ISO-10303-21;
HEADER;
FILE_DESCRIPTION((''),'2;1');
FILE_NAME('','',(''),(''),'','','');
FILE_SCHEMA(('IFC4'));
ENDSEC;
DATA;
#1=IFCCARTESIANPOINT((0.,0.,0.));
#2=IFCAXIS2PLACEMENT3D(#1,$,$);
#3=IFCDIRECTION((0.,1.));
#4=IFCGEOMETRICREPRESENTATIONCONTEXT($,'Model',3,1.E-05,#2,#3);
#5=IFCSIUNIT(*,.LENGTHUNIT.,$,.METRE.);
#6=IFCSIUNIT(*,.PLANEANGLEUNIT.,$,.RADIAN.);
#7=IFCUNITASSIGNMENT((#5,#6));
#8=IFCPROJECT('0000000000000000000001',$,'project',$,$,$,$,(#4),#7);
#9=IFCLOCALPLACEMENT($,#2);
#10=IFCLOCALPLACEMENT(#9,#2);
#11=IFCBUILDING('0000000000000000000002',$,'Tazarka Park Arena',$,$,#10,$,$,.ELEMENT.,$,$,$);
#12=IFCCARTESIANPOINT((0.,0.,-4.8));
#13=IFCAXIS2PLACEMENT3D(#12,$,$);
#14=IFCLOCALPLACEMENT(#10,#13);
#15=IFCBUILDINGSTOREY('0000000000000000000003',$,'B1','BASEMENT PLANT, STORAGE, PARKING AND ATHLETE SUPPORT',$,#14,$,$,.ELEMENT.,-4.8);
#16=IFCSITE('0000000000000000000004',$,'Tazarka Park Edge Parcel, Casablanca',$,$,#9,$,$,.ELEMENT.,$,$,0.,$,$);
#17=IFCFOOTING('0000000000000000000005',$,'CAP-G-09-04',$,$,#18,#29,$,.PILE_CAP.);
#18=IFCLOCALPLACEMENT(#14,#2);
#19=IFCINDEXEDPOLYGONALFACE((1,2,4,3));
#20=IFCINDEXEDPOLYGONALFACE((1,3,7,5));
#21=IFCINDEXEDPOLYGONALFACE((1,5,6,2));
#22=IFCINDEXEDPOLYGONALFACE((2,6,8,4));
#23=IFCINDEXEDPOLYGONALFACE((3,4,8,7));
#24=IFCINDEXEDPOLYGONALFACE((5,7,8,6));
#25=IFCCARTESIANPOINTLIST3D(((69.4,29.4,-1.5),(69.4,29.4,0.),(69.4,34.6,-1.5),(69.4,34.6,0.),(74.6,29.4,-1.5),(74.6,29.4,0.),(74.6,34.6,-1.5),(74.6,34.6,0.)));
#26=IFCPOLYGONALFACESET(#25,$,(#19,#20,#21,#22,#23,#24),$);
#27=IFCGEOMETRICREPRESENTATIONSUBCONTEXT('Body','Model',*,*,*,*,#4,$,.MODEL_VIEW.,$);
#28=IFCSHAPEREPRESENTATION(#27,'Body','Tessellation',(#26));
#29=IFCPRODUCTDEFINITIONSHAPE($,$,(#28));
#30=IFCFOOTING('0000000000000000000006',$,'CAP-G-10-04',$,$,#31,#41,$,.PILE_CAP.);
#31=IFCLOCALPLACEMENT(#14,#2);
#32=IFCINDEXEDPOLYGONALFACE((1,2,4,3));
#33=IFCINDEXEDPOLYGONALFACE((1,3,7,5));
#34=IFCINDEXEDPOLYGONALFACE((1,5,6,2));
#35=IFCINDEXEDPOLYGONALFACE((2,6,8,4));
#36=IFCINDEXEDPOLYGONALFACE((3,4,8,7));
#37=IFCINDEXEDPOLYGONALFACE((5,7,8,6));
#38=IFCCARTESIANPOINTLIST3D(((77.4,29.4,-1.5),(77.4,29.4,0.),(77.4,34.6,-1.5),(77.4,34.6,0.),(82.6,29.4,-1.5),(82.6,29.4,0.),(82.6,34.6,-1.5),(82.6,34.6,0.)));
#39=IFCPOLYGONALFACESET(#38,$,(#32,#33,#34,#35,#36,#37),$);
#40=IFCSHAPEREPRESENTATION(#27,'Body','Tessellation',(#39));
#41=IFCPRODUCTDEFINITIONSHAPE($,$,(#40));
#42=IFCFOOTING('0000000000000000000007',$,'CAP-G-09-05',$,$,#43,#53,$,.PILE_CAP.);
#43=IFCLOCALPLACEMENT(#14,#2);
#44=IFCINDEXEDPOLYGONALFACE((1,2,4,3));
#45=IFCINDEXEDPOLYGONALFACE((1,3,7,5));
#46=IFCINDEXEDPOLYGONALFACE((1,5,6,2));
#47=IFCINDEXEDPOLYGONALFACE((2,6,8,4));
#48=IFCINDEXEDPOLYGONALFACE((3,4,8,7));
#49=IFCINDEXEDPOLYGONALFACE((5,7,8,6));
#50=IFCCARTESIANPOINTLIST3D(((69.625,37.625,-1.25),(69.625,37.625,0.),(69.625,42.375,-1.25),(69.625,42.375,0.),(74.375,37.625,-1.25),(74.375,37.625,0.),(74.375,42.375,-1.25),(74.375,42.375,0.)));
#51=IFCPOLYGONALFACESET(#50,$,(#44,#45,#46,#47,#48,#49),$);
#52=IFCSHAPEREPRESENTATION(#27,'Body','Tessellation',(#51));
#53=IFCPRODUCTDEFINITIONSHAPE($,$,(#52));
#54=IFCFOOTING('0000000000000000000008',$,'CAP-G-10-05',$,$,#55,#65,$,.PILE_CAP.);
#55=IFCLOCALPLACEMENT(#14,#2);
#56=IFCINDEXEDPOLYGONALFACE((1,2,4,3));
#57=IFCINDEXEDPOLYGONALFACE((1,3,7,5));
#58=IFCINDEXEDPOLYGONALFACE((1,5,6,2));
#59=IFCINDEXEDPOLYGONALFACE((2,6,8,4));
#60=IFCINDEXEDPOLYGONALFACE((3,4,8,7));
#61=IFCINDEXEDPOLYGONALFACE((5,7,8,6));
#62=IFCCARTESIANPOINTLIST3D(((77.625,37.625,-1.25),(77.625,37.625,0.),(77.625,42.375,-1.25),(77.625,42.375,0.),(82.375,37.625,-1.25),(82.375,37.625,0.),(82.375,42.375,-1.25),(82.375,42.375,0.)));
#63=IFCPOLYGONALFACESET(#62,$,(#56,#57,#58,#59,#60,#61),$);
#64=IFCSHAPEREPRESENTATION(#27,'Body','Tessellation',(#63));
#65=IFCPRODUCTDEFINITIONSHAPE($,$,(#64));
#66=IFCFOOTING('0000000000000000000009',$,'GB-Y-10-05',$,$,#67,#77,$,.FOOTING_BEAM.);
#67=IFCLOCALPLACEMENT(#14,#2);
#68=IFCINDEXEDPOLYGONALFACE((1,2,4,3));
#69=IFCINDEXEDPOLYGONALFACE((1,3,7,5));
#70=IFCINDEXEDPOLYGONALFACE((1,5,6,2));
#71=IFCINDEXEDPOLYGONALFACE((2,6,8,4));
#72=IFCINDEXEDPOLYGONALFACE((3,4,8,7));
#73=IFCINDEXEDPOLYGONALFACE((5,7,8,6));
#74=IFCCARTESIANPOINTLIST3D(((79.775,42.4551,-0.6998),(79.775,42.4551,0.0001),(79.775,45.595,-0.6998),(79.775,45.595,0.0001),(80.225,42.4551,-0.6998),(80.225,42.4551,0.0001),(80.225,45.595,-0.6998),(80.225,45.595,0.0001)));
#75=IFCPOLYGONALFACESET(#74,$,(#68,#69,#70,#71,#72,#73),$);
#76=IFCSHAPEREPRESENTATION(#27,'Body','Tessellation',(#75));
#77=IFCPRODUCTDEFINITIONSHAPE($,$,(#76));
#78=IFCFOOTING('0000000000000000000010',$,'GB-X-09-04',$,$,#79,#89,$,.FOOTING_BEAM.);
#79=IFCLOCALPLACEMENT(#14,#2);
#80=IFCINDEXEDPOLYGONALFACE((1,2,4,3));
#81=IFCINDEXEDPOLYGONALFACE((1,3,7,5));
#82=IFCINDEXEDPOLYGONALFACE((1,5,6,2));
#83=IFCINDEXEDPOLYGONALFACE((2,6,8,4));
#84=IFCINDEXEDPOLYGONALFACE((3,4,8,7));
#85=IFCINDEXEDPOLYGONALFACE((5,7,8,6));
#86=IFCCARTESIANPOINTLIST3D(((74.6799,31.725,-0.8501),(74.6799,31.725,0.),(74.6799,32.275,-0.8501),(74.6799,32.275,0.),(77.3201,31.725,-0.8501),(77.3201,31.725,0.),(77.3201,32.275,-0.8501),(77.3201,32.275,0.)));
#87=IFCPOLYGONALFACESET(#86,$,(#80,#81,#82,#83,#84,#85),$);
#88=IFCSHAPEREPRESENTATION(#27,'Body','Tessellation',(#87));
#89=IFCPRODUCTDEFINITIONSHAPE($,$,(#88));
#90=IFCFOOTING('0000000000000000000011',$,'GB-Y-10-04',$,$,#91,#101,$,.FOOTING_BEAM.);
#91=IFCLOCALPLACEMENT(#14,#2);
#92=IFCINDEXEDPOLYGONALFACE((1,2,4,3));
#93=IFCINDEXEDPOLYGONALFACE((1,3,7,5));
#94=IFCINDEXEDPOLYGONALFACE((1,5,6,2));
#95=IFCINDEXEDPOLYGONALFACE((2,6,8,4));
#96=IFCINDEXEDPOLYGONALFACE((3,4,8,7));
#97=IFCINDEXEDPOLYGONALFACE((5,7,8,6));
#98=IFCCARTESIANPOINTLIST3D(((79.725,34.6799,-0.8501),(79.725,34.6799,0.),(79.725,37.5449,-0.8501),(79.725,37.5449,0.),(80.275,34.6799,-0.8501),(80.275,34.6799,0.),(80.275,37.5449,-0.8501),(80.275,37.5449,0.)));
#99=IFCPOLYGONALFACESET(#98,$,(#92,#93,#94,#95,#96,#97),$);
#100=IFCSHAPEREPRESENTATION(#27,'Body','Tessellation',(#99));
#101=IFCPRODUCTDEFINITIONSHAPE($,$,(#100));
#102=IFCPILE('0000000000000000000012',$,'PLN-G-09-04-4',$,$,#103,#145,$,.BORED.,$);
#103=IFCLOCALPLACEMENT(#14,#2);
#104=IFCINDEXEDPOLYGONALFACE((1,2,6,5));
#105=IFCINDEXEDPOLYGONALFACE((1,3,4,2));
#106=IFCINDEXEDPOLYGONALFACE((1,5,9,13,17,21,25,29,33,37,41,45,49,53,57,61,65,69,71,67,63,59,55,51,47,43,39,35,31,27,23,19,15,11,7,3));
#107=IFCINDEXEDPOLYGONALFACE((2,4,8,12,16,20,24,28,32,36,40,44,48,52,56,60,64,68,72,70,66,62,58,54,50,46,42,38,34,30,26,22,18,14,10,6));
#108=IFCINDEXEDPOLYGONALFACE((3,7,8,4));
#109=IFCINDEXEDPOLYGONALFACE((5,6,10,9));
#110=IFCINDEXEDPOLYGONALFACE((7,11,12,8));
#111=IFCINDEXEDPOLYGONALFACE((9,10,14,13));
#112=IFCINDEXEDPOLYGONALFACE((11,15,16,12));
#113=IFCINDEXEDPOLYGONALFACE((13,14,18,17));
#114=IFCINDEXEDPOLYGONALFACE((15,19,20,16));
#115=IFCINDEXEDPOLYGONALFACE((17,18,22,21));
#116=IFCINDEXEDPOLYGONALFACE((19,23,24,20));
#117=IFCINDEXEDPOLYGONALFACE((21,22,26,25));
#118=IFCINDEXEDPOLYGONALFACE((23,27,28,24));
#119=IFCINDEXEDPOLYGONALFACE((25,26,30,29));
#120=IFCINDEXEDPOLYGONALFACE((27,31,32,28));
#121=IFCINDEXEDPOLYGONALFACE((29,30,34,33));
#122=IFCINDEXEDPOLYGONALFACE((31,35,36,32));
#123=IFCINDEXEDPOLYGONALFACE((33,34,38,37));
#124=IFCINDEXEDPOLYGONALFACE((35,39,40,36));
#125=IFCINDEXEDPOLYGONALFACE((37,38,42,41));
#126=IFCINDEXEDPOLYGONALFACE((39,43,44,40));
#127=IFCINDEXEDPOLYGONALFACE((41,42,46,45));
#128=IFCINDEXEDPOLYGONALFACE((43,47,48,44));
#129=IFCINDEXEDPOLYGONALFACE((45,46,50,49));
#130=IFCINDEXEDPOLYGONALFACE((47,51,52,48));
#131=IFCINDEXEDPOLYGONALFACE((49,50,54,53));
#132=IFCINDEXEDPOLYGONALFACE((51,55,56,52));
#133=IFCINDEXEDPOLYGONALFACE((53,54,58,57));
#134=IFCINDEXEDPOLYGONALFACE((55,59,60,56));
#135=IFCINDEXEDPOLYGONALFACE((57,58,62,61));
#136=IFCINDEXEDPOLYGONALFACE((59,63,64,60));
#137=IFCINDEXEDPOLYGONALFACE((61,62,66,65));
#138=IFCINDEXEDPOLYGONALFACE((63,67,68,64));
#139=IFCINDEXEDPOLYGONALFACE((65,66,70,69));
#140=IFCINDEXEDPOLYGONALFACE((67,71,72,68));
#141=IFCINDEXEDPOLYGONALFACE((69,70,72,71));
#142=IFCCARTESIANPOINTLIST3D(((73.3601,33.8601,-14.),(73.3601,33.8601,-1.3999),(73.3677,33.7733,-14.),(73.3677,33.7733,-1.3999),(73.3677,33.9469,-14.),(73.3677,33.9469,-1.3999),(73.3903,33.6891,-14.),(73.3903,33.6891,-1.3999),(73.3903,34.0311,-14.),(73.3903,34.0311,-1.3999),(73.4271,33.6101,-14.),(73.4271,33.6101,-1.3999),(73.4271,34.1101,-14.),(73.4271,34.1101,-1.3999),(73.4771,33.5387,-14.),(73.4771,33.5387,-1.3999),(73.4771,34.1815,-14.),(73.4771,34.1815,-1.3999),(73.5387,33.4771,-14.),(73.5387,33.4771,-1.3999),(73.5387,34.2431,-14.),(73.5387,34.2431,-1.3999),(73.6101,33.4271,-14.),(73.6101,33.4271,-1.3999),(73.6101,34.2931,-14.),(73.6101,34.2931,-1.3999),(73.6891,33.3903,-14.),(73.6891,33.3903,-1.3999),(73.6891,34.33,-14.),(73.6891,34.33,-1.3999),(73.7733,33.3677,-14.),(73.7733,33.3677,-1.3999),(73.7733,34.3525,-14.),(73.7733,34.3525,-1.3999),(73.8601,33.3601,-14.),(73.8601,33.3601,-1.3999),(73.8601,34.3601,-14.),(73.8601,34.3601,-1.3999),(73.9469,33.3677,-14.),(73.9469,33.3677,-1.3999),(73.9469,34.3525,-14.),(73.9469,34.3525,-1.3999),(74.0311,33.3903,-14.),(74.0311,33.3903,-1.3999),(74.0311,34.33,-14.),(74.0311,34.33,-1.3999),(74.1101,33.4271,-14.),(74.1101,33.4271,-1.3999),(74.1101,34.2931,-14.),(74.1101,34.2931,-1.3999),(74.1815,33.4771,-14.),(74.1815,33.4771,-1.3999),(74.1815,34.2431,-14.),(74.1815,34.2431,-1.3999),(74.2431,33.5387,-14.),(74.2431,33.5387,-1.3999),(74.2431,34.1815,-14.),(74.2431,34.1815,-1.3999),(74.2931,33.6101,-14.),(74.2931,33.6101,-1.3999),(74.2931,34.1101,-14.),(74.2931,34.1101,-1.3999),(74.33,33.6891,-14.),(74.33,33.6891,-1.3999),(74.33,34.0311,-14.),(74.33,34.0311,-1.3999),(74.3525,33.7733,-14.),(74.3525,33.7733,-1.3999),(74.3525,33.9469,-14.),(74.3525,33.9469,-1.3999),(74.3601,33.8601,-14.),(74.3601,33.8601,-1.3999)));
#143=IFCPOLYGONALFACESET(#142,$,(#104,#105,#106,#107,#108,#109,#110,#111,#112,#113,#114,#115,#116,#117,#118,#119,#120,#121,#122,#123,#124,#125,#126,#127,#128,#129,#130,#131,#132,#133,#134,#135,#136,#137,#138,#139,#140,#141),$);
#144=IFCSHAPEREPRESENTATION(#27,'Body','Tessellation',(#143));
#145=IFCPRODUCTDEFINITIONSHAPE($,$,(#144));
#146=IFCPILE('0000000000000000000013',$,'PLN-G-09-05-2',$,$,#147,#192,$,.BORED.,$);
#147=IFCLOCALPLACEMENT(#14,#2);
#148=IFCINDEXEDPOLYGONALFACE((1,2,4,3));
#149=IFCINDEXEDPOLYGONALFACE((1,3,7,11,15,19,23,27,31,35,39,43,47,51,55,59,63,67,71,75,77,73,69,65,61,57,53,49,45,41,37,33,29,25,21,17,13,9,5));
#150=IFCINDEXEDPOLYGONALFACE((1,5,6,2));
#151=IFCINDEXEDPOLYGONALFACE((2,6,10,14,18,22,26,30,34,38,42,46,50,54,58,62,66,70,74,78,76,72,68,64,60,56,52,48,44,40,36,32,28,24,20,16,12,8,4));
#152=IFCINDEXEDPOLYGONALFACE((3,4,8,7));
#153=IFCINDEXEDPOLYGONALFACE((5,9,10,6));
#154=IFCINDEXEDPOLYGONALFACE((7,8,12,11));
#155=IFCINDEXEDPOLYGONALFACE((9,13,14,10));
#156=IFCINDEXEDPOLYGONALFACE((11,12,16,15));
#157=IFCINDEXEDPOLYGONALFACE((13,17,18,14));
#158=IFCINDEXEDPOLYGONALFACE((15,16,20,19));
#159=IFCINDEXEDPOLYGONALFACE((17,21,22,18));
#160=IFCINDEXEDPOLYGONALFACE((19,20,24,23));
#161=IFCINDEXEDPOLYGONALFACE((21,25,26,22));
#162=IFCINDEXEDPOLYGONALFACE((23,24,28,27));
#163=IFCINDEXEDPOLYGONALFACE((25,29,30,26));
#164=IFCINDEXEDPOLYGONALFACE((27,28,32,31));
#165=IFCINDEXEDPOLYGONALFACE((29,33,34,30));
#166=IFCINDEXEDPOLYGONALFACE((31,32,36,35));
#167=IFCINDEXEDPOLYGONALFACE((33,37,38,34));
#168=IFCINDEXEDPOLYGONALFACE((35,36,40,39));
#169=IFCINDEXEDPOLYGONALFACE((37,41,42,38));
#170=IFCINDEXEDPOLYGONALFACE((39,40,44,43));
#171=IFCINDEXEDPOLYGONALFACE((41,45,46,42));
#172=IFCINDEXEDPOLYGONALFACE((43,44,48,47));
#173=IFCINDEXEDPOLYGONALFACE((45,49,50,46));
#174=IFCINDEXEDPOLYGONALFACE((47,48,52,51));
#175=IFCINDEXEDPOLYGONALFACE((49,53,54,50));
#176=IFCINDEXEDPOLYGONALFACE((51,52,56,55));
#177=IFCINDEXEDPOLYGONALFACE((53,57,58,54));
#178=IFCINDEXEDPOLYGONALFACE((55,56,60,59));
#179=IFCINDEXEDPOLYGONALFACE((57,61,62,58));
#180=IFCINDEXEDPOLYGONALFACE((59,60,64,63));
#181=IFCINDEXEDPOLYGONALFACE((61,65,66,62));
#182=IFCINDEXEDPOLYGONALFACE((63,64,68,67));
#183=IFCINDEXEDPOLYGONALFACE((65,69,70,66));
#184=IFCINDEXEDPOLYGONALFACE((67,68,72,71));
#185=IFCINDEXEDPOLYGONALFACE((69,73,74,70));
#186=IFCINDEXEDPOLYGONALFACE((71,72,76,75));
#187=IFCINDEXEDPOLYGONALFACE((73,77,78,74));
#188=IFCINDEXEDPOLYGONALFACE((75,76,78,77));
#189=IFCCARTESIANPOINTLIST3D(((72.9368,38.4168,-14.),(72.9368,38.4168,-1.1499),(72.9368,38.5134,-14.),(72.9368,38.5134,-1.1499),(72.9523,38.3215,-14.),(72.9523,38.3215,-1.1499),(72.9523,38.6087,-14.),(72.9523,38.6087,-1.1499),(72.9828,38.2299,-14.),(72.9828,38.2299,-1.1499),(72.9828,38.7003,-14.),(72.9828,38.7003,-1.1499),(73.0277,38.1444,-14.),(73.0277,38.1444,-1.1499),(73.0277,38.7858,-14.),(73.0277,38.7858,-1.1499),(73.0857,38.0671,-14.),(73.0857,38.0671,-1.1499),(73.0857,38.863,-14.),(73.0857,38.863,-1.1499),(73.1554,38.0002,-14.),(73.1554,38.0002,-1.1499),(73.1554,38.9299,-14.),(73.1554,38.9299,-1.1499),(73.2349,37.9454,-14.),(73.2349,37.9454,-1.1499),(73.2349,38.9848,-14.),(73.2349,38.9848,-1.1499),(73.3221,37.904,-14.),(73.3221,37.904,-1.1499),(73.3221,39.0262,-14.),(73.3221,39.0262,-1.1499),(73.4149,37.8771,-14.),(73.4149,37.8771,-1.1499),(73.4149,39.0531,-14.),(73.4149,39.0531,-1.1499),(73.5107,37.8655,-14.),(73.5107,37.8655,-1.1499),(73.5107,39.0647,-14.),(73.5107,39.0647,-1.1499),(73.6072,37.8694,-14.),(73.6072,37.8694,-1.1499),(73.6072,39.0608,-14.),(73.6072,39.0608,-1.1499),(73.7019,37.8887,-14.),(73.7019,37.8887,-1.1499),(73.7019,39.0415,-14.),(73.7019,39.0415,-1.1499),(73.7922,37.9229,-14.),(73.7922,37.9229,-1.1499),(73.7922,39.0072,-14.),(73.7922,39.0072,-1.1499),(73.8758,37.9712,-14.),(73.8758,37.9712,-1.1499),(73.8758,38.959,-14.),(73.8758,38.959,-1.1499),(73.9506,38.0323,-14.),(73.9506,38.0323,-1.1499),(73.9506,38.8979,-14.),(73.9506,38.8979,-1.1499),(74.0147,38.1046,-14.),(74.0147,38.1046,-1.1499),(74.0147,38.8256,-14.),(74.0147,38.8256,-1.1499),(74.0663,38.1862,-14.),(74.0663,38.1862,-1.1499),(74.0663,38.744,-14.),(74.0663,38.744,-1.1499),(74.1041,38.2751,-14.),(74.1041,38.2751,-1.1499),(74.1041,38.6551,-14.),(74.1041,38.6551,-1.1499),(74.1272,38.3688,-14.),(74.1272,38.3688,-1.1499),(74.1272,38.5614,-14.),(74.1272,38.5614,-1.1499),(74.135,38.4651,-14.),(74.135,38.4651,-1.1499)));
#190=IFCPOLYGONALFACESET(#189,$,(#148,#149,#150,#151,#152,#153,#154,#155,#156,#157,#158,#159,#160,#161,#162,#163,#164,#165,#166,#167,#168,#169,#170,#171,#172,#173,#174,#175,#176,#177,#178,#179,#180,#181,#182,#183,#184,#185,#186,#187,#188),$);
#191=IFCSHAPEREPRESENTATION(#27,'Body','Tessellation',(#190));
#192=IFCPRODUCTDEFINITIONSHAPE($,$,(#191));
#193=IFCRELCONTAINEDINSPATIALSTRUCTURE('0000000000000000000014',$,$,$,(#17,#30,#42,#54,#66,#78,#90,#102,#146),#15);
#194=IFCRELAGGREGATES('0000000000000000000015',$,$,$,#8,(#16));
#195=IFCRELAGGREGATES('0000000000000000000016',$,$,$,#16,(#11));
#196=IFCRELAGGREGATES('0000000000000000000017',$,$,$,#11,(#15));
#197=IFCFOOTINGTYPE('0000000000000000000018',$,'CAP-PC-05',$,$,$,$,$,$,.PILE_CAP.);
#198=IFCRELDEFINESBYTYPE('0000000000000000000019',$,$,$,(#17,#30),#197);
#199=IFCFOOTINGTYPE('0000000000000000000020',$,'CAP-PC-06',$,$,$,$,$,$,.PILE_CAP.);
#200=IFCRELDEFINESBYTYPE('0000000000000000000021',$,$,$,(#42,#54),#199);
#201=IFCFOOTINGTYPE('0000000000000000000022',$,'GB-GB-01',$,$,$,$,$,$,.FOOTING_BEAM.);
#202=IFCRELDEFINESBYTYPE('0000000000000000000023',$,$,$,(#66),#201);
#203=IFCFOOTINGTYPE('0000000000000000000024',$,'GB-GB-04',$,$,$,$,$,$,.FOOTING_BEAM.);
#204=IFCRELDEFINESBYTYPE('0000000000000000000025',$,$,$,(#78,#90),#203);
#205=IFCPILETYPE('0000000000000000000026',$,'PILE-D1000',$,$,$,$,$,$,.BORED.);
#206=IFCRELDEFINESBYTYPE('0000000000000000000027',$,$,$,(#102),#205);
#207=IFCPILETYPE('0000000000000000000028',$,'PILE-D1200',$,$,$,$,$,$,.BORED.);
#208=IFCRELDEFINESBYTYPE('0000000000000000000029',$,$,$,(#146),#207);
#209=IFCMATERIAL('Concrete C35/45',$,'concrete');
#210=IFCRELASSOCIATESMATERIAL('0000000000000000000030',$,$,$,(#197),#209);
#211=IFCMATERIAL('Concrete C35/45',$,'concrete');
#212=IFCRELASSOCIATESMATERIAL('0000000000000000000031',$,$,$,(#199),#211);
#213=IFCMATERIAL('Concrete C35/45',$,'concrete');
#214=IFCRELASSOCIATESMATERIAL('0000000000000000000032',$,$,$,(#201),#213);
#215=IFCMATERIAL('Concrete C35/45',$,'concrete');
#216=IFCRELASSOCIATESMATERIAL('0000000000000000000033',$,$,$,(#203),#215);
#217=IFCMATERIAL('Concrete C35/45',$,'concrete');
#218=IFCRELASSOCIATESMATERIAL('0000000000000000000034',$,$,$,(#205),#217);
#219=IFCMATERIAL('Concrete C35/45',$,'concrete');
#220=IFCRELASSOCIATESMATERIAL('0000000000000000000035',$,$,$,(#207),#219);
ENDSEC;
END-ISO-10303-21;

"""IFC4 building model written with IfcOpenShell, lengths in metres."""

from ifc_helpers import new_model, si_unit, direction, frame, origin, origin_2d, place, context, subcontext, project, spatial, rectangle, circle, extrude, material, material_profile, profile_set, type_object, element, save


model = new_model("IFC4")

# Units and contexts
model_context = context("Model", 3, precision=1e-05, world=origin(), true_north=direction((0.0, 1.0)))
body_context = subcontext(model_context, "Body", "Model", "MODEL_VIEW")
ifc_project = project(units=[si_unit("LENGTHUNIT", "METRE"), si_unit("PLANEANGLEUNIT", "RADIAN")], contexts=[model_context])

# Site, building, storey
site_placement = place(None, origin())
site = spatial("IfcSite", under=ifc_project, at=site_placement, Name="Tazarka Park Edge Parcel, Casablanca", CompositionType="ELEMENT", RefElevation=0.0)
building_placement = place(site_placement, origin())
building = spatial("IfcBuilding", under=site, at=building_placement, Name="Tazarka Park Arena", CompositionType="ELEMENT")
storey_placement = place(building_placement, frame((0.0, 0.0, -4.8)))
storey = spatial("IfcBuildingStorey", under=building, at=storey_placement, Name="B1", Description="BASEMENT PLANT, STORAGE, PARKING AND ATHLETE SUPPORT", CompositionType="ELEMENT", Elevation=-4.8)

# Footings
ifc_material_1 = material(Name="Concrete C35/45", Category="concrete")
footing_type_1 = type_object("IfcFootingType", Name="CAP-PC-05", PredefinedType="PILE_CAP", material=ifc_material_1)
for number, where, z_axis, x_axis, name in (
    (1, (72.0, 32.0, -1.5), (0.0, 0.0, 1.0), (1.0, 0.0, 0.0), "CAP-G-09-04"),
    (2, (80.0, 32.0, -1.5), (0.0, 0.0, 1.0), (1.0, 0.0, 0.0), "CAP-G-10-04"),
):
    element("IfcFooting", number, at=place(storey_placement, frame(where, z_axis=z_axis, x_axis=x_axis)), inside=storey, type_object=footing_type_1, Name=name, PredefinedType="PILE_CAP", context=body_context, shape_type="SweptSolid", body=[
        extrude(rectangle(XDim=5.2, YDim=5.2, at=origin_2d()), origin(), (0.0, 0.0, 1.0), 1.5),
    ])
ifc_material_2 = material(Name="Concrete C35/45", Category="concrete")
footing_type_2 = type_object("IfcFootingType", Name="CAP-PC-06", PredefinedType="PILE_CAP", material=ifc_material_2)
for number, where, z_axis, x_axis, name in (
    (3, (72.0, 40.0, -1.25), (0.0, 0.0, 1.0), (1.0, 0.0, 0.0), "CAP-G-09-05"),
    (4, (80.0, 40.0, -1.25), (0.0, 0.0, 1.0), (1.0, 0.0, 0.0), "CAP-G-10-05"),
):
    element("IfcFooting", number, at=place(storey_placement, frame(where, z_axis=z_axis, x_axis=x_axis)), inside=storey, type_object=footing_type_2, Name=name, PredefinedType="PILE_CAP", context=body_context, shape_type="SweptSolid", body=[
        extrude(rectangle(XDim=4.75, YDim=4.75, at=origin_2d()), origin(), (0.0, 0.0, 1.0), 1.25),
    ])
ifc_material_3 = material(Name="Concrete C35/45", Category="concrete")
ifc_material_profile_1 = material_profile(ifc_material_3, rectangle(XDim=0.45, YDim=0.7, at=origin_2d()), Name="Concrete C35/45")
ifc_profile_set_1 = profile_set([ifc_material_profile_1], Name="Concrete C35/45")
footing_type_3 = type_object("IfcFootingType", Name="GB-GB-01", PredefinedType="FOOTING_BEAM", material=ifc_profile_set_1)
footing_1_placement = place(storey_placement, frame((80.0, 42.4551, -0.3499), z_axis=(0.0, 1.0, 0.0), x_axis=(-1.0, 0.0, 0.0)))
element("IfcFooting", 5, at=footing_1_placement, inside=storey, type_object=footing_type_3, Name="GB-Y-10-05", PredefinedType="FOOTING_BEAM", context=body_context, shape_type="SweptSolid", body=[
    extrude(rectangle(XDim=0.45, YDim=0.7, at=origin_2d()), origin(), (0.0, 0.0, 1.0), 3.1399),
])
ifc_material_4 = material(Name="Concrete C35/45", Category="concrete")
ifc_material_profile_2 = material_profile(ifc_material_4, rectangle(XDim=0.55, YDim=0.8501, at=origin_2d()), Name="Concrete C35/45")
ifc_profile_set_2 = profile_set([ifc_material_profile_2], Name="Concrete C35/45")
footing_type_4 = type_object("IfcFootingType", Name="GB-GB-04", PredefinedType="FOOTING_BEAM", material=ifc_profile_set_2)
footing_2_placement = place(storey_placement, frame((74.6799, 32.0, -0.425), z_axis=(1.0, 0.0, 0.0), x_axis=(0.0, 1.0, 0.0)))
element("IfcFooting", 6, at=footing_2_placement, inside=storey, type_object=footing_type_4, Name="GB-X-09-04", PredefinedType="FOOTING_BEAM", context=body_context, shape_type="SweptSolid", body=[
    extrude(rectangle(XDim=0.55, YDim=0.8501, at=origin_2d()), origin(), (0.0, 0.0, 1.0), 2.6401),
])
footing_3_placement = place(storey_placement, frame((80.0, 34.6799, -0.425), z_axis=(0.0, 1.0, 0.0), x_axis=(-1.0, 0.0, 0.0)))
element("IfcFooting", 7, at=footing_3_placement, inside=storey, type_object=footing_type_4, Name="GB-Y-10-04", PredefinedType="FOOTING_BEAM", context=body_context, shape_type="SweptSolid", body=[
    extrude(rectangle(XDim=0.55, YDim=0.8501, at=origin_2d()), origin(), (0.0, 0.0, 1.0), 2.865),
])

# Piles
ifc_material_5 = material(Name="Concrete C35/45", Category="concrete")
ifc_material_profile_3 = material_profile(ifc_material_5, circle(Radius=0.5, at=origin_2d()), Name="Concrete C35/45")
ifc_profile_set_3 = profile_set([ifc_material_profile_3], Name="Concrete C35/45")
pile_type_1 = type_object("IfcPileType", Name="PILE-D1000", PredefinedType="BORED", material=ifc_profile_set_3)
pile_1_placement = place(storey_placement, frame((73.8601, 33.8601, -1.3999), z_axis=(0.0, 0.0, -1.0), x_axis=(1.0, 0.0, 0.0)))
element("IfcPile", 8, at=pile_1_placement, inside=storey, type_object=pile_type_1, Name="PLN-G-09-04-4", PredefinedType="BORED", context=body_context, shape_type="SweptSolid", body=[
    extrude(circle(Radius=0.5, at=origin_2d()), origin(), (0.0, 0.0, 1.0), 12.6001),
])
ifc_material_6 = material(Name="Concrete C35/45", Category="concrete")
ifc_material_profile_4 = material_profile(ifc_material_6, circle(Radius=0.6001, at=origin_2d()), Name="Concrete C35/45")
ifc_profile_set_4 = profile_set([ifc_material_profile_4], Name="Concrete C35/45")
pile_type_2 = type_object("IfcPileType", Name="PILE-D1200", PredefinedType="BORED", material=ifc_profile_set_4)
for number, where, z_axis, x_axis, name in (
    (9, (73.5349, 38.4651, -1.1499), (0.0, 0.0, -1.0), (1.0, 0.0, 0.0), "PLN-G-09-05-2"),
):
    element("IfcPile", number, at=place(storey_placement, frame(where, z_axis=z_axis, x_axis=x_axis)), inside=storey, type_object=pile_type_2, Name=name, PredefinedType="BORED", context=body_context, shape_type="SweptSolid", body=[
        extrude(circle(Radius=0.6001, at=origin_2d()), origin(), (0.0, 0.0, 1.0), 12.8501),
    ])

save(model, "model.ifc")
